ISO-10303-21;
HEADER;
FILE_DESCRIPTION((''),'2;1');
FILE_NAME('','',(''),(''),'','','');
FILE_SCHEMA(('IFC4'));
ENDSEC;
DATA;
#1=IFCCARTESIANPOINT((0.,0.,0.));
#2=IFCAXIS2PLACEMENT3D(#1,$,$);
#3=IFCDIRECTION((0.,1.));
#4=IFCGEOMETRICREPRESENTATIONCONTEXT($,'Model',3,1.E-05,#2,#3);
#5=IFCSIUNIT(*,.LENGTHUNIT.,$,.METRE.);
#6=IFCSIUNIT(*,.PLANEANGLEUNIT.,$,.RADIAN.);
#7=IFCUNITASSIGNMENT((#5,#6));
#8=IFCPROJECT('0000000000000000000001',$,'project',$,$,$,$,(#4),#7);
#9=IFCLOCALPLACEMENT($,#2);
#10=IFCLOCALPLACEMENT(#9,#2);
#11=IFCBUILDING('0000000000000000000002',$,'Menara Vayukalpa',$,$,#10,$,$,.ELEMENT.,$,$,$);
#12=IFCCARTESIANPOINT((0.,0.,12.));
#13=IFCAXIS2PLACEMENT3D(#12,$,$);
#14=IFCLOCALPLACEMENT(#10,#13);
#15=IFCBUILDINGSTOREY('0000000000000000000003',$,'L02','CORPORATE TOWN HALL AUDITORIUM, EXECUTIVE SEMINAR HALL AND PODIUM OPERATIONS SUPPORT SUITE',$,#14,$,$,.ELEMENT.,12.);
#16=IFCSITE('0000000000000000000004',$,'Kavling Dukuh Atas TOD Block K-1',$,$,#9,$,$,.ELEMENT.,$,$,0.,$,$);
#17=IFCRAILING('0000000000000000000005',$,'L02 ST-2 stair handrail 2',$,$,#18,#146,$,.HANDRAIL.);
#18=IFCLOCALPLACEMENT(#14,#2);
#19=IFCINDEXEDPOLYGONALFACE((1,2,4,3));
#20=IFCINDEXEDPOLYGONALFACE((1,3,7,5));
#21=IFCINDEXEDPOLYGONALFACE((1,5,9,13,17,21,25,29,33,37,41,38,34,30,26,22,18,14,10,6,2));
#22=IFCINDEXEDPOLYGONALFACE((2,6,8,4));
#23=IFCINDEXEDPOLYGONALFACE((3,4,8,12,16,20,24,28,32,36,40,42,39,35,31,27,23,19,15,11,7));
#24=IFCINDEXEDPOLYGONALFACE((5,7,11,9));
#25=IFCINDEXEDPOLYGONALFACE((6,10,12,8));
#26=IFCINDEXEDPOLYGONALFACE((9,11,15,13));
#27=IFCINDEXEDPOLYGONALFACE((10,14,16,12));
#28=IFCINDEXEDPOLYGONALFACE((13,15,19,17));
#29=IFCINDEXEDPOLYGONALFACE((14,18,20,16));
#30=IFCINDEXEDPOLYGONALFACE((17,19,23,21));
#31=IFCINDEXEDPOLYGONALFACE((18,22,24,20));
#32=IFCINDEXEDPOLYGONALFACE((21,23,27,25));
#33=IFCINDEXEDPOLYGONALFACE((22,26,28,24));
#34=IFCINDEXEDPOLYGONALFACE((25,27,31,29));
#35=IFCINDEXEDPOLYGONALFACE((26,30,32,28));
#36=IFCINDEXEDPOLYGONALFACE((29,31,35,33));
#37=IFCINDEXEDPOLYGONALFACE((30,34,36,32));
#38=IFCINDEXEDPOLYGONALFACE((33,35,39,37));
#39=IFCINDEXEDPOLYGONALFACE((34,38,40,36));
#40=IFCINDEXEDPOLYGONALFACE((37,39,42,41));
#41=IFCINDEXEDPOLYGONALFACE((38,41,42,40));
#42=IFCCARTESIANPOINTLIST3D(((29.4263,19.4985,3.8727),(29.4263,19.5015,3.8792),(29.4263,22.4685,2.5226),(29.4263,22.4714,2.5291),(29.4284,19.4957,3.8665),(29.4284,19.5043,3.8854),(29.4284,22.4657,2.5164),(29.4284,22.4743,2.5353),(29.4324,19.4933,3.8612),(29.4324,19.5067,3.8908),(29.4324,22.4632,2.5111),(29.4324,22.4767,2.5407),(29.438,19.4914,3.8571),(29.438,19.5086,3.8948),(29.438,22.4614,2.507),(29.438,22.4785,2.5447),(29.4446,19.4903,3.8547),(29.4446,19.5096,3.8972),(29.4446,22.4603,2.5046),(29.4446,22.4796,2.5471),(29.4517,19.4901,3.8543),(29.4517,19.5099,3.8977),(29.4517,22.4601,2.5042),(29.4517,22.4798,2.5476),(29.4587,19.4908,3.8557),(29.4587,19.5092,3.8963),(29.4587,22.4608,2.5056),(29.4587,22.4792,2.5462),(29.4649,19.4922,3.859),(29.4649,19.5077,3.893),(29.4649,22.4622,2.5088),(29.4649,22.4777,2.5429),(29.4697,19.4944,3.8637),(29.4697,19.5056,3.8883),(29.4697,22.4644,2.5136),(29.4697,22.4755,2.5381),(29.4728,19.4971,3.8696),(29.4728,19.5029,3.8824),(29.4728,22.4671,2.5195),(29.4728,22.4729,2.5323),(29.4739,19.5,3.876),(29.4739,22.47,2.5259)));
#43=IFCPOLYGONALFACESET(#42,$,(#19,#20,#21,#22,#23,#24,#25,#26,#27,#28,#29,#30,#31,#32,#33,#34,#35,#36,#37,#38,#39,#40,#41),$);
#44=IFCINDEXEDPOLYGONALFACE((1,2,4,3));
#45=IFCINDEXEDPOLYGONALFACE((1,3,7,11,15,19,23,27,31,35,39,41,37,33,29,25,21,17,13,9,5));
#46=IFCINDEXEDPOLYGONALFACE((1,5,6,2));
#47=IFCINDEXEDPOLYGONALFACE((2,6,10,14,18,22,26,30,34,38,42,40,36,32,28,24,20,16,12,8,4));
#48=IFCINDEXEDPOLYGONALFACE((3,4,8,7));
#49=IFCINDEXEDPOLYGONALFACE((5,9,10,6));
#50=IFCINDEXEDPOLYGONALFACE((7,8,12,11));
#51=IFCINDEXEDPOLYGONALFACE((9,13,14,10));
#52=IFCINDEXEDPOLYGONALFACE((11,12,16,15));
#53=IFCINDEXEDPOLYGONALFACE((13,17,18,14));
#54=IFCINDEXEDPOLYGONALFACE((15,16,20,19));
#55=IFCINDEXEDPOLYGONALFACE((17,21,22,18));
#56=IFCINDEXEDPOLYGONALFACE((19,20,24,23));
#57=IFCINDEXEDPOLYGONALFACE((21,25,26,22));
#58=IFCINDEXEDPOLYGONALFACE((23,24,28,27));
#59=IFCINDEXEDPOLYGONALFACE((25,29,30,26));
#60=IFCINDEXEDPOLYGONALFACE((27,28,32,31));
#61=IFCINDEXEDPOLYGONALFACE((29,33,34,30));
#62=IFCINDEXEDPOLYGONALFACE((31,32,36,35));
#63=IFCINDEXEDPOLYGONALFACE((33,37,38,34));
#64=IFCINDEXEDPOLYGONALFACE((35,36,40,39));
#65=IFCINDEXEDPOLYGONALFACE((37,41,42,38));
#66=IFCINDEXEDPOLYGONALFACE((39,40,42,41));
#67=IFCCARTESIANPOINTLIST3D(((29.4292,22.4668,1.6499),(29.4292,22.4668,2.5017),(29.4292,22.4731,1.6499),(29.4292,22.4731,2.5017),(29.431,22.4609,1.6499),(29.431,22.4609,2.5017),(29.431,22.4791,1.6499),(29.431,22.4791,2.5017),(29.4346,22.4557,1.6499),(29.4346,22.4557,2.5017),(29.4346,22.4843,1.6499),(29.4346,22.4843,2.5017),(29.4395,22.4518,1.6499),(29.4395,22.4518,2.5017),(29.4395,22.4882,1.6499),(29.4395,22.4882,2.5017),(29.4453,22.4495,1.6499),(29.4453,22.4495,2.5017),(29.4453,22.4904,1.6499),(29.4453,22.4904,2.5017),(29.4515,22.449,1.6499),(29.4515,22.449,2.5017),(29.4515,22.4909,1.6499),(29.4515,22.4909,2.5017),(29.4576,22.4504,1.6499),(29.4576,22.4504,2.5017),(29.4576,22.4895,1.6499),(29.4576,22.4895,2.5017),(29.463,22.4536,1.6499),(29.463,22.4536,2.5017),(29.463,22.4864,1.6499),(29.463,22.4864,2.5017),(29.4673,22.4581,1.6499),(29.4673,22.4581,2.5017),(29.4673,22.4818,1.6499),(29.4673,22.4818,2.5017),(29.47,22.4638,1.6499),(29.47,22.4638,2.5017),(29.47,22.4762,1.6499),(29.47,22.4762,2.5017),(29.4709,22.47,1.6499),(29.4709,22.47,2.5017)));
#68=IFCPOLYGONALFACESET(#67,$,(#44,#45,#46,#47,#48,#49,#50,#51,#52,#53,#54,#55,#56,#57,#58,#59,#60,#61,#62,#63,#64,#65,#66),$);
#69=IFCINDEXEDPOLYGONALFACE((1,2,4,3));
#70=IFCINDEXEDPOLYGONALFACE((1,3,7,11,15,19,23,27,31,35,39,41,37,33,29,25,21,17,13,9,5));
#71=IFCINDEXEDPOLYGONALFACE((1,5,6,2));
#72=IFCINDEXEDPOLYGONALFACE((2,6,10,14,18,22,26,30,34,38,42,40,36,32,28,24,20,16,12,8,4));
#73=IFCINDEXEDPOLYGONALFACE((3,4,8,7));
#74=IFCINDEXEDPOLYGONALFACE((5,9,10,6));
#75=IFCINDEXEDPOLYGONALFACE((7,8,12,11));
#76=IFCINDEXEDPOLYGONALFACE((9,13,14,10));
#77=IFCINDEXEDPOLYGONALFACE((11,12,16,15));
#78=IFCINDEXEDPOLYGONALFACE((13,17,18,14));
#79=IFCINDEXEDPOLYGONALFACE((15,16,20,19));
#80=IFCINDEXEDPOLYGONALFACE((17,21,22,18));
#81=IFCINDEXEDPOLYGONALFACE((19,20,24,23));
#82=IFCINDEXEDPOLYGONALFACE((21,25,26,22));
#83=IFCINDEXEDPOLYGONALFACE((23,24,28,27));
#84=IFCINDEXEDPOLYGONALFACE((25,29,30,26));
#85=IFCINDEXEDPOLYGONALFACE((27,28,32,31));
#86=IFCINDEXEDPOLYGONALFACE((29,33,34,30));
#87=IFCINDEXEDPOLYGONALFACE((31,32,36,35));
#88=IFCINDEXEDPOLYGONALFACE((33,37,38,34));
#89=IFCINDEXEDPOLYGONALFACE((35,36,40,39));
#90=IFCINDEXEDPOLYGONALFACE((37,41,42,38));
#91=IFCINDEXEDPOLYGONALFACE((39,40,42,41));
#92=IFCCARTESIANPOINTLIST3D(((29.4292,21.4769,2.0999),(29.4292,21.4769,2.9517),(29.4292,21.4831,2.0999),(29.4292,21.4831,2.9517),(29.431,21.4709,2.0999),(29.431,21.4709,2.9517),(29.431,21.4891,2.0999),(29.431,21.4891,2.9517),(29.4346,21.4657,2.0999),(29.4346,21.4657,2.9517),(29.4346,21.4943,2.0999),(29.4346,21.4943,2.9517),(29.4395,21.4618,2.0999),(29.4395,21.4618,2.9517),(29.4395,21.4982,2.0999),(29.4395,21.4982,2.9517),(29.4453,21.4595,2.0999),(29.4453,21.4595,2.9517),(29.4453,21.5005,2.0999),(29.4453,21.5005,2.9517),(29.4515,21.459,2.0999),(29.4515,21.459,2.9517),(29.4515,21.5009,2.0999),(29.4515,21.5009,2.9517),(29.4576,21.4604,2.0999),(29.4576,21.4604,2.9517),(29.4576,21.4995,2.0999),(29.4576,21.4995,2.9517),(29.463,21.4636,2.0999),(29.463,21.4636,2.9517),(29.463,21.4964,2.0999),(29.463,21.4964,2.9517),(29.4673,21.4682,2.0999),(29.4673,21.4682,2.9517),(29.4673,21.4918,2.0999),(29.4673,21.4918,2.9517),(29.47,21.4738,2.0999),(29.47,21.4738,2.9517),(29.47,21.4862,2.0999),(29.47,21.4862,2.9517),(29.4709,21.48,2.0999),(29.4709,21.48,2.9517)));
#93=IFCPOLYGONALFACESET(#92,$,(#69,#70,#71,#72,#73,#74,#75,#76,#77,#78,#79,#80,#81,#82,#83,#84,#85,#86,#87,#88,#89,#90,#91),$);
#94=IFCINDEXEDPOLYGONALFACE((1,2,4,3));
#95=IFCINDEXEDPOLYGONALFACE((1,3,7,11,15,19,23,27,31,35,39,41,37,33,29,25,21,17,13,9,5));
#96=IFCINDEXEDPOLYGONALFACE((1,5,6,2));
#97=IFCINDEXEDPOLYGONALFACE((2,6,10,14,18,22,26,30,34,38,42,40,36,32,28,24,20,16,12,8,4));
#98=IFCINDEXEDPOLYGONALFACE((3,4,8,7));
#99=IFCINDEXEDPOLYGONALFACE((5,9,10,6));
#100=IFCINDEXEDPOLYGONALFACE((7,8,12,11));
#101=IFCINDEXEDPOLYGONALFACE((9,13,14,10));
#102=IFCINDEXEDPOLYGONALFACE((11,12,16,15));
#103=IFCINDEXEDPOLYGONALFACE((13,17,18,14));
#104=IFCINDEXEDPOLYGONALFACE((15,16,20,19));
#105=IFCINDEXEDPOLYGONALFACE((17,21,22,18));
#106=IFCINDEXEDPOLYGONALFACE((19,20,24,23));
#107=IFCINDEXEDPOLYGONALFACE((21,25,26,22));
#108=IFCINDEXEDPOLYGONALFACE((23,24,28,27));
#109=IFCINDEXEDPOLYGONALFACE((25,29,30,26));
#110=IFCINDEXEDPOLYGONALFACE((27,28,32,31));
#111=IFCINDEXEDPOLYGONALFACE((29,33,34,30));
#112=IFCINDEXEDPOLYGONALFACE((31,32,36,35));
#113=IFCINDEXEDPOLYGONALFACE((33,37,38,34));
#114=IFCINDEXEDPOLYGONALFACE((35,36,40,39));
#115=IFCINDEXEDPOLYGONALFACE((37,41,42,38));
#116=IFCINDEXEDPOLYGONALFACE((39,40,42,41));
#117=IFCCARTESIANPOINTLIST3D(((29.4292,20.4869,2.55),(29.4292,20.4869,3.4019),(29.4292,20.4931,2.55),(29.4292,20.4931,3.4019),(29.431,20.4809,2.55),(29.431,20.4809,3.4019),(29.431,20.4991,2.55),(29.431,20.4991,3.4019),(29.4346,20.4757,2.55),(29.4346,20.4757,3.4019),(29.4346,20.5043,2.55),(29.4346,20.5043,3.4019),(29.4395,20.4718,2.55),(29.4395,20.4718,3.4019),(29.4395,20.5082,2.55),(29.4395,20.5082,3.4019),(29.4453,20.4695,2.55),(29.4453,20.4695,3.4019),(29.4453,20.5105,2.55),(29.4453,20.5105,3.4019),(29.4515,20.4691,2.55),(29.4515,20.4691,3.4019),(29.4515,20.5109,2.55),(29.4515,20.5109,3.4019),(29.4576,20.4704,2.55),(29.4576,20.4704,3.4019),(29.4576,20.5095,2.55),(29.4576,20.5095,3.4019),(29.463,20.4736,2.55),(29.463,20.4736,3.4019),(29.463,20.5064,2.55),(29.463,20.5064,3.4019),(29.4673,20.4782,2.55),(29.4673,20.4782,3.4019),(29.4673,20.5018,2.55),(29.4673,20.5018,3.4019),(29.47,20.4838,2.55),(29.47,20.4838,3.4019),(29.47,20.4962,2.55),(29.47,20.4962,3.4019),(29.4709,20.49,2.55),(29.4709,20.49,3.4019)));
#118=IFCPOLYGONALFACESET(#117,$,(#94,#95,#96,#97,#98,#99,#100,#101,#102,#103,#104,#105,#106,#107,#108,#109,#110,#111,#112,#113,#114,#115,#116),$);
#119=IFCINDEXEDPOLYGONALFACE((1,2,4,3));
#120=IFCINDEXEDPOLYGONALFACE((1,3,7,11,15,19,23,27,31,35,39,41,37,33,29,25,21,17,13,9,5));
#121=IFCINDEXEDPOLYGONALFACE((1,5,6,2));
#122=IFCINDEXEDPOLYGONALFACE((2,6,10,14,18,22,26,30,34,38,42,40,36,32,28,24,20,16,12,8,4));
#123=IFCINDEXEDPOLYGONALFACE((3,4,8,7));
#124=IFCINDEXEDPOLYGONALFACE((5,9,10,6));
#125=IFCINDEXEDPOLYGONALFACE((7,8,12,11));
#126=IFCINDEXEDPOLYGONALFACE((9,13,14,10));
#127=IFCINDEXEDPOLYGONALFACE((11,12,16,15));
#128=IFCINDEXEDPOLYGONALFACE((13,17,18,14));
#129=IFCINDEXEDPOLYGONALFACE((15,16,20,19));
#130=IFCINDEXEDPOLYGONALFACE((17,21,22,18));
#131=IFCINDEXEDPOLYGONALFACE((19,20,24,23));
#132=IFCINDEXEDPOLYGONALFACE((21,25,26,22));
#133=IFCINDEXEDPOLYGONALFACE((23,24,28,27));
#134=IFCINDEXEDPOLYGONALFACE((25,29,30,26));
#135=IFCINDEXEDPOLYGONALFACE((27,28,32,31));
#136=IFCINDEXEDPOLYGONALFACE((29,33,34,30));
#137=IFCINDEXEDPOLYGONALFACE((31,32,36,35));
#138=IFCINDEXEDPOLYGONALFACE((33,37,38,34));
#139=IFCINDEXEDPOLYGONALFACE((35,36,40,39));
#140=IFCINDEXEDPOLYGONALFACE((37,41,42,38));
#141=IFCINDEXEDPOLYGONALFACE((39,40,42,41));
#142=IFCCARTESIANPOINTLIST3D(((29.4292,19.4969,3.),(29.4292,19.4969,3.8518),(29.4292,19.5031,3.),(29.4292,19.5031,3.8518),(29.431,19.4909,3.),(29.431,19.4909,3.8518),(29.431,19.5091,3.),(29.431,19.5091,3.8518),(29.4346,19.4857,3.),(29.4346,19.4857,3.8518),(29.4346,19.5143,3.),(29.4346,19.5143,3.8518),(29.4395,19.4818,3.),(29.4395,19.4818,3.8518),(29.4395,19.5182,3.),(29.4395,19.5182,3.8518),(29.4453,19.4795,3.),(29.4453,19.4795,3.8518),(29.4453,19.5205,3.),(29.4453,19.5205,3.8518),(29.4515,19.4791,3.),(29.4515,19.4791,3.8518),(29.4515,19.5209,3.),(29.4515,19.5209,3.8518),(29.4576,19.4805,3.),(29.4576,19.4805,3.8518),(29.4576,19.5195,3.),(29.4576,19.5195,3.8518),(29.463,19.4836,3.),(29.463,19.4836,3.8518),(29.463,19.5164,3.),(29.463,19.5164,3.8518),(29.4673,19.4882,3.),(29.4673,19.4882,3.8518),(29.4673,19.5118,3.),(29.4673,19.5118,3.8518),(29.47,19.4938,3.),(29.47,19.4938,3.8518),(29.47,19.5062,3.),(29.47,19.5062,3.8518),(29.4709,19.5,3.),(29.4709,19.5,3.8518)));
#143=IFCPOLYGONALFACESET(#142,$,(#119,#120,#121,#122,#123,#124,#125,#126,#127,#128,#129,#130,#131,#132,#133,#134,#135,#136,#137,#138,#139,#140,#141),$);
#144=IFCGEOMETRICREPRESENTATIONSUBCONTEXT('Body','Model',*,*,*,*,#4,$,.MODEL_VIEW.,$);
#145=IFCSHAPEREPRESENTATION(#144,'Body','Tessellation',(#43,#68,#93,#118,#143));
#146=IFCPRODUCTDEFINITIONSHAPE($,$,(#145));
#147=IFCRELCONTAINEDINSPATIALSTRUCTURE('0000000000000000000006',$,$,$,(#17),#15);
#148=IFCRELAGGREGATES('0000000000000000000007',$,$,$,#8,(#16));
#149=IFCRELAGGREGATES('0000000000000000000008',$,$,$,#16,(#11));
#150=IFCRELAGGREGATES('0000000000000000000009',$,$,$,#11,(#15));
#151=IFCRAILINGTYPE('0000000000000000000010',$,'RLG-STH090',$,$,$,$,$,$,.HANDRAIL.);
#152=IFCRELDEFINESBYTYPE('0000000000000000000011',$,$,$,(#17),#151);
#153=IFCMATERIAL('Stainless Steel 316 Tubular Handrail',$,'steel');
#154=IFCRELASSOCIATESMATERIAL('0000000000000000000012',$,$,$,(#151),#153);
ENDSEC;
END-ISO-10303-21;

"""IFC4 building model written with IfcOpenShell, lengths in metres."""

from ifc_helpers import new_model, si_unit, direction, frame, origin, origin_2d, place, context, subcontext, project, spatial, circle, extrude, material, type_object, element, save


model = new_model("IFC4")

# Units and contexts
model_context = context("Model", 3, precision=1e-05, world=origin(), true_north=direction((0.0, 1.0)))
body_context = subcontext(model_context, "Body", "Model", "MODEL_VIEW")
ifc_project = project(units=[si_unit("LENGTHUNIT", "METRE"), si_unit("PLANEANGLEUNIT", "RADIAN")], contexts=[model_context])

# Site, building, storey
site_placement = place(None, origin())
site = spatial("IfcSite", under=ifc_project, at=site_placement, Name="Kavling Dukuh Atas TOD Block K-1", CompositionType="ELEMENT", RefElevation=0.0)
building_placement = place(site_placement, origin())
building = spatial("IfcBuilding", under=site, at=building_placement, Name="Menara Vayukalpa", CompositionType="ELEMENT")
storey_placement = place(building_placement, frame((0.0, 0.0, 12.0)))
storey = spatial("IfcBuildingStorey", under=building, at=storey_placement, Name="L02", Description="CORPORATE TOWN HALL AUDITORIUM, EXECUTIVE SEMINAR HALL AND PODIUM OPERATIONS SUPPORT SUITE", CompositionType="ELEMENT", Elevation=12.0)

# Railing
ifc_material_1 = material(Name="Stainless Steel 316 Tubular Handrail", Category="steel")
railing_type_1 = type_object("IfcRailingType", Name="RLG-STH090", PredefinedType="HANDRAIL", material=ifc_material_1)
for number, where, name in (
    (1, (29.45, 22.47, 1.6499), "L02 ST-2 stair handrail 2"),
):
    element("IfcRailing", number, at=place(storey_placement, frame(where)), inside=storey, type_object=railing_type_1, Name=name, PredefinedType="HANDRAIL", context=body_context, shape_type="SweptSolid", body=[
        extrude(circle(Radius=0.0239, at=origin_2d()), frame((0.0, 0.0, 0.876), z_axis=(0.0, -0.910354, 0.413831), x_axis=(1.0, 0.0, 0.0)), (0.0, 0.0, 1.0), 3.2625),
        extrude(circle(Radius=0.021, at=origin_2d()), origin(), (0.0, 0.0, 1.0), 0.8518),
        extrude(circle(Radius=0.021, at=origin_2d()), frame((0.0, -0.99, 0.45)), (0.0, 0.0, 1.0), 0.8518),
        extrude(circle(Radius=0.021, at=origin_2d()), frame((0.0, -1.98, 0.9001)), (0.0, 0.0, 1.0), 0.8518),
        extrude(circle(Radius=0.021, at=origin_2d()), frame((0.0, -2.97, 1.3501)), (0.0, 0.0, 1.0), 0.8518),
    ])

save(model, "model.ifc")
